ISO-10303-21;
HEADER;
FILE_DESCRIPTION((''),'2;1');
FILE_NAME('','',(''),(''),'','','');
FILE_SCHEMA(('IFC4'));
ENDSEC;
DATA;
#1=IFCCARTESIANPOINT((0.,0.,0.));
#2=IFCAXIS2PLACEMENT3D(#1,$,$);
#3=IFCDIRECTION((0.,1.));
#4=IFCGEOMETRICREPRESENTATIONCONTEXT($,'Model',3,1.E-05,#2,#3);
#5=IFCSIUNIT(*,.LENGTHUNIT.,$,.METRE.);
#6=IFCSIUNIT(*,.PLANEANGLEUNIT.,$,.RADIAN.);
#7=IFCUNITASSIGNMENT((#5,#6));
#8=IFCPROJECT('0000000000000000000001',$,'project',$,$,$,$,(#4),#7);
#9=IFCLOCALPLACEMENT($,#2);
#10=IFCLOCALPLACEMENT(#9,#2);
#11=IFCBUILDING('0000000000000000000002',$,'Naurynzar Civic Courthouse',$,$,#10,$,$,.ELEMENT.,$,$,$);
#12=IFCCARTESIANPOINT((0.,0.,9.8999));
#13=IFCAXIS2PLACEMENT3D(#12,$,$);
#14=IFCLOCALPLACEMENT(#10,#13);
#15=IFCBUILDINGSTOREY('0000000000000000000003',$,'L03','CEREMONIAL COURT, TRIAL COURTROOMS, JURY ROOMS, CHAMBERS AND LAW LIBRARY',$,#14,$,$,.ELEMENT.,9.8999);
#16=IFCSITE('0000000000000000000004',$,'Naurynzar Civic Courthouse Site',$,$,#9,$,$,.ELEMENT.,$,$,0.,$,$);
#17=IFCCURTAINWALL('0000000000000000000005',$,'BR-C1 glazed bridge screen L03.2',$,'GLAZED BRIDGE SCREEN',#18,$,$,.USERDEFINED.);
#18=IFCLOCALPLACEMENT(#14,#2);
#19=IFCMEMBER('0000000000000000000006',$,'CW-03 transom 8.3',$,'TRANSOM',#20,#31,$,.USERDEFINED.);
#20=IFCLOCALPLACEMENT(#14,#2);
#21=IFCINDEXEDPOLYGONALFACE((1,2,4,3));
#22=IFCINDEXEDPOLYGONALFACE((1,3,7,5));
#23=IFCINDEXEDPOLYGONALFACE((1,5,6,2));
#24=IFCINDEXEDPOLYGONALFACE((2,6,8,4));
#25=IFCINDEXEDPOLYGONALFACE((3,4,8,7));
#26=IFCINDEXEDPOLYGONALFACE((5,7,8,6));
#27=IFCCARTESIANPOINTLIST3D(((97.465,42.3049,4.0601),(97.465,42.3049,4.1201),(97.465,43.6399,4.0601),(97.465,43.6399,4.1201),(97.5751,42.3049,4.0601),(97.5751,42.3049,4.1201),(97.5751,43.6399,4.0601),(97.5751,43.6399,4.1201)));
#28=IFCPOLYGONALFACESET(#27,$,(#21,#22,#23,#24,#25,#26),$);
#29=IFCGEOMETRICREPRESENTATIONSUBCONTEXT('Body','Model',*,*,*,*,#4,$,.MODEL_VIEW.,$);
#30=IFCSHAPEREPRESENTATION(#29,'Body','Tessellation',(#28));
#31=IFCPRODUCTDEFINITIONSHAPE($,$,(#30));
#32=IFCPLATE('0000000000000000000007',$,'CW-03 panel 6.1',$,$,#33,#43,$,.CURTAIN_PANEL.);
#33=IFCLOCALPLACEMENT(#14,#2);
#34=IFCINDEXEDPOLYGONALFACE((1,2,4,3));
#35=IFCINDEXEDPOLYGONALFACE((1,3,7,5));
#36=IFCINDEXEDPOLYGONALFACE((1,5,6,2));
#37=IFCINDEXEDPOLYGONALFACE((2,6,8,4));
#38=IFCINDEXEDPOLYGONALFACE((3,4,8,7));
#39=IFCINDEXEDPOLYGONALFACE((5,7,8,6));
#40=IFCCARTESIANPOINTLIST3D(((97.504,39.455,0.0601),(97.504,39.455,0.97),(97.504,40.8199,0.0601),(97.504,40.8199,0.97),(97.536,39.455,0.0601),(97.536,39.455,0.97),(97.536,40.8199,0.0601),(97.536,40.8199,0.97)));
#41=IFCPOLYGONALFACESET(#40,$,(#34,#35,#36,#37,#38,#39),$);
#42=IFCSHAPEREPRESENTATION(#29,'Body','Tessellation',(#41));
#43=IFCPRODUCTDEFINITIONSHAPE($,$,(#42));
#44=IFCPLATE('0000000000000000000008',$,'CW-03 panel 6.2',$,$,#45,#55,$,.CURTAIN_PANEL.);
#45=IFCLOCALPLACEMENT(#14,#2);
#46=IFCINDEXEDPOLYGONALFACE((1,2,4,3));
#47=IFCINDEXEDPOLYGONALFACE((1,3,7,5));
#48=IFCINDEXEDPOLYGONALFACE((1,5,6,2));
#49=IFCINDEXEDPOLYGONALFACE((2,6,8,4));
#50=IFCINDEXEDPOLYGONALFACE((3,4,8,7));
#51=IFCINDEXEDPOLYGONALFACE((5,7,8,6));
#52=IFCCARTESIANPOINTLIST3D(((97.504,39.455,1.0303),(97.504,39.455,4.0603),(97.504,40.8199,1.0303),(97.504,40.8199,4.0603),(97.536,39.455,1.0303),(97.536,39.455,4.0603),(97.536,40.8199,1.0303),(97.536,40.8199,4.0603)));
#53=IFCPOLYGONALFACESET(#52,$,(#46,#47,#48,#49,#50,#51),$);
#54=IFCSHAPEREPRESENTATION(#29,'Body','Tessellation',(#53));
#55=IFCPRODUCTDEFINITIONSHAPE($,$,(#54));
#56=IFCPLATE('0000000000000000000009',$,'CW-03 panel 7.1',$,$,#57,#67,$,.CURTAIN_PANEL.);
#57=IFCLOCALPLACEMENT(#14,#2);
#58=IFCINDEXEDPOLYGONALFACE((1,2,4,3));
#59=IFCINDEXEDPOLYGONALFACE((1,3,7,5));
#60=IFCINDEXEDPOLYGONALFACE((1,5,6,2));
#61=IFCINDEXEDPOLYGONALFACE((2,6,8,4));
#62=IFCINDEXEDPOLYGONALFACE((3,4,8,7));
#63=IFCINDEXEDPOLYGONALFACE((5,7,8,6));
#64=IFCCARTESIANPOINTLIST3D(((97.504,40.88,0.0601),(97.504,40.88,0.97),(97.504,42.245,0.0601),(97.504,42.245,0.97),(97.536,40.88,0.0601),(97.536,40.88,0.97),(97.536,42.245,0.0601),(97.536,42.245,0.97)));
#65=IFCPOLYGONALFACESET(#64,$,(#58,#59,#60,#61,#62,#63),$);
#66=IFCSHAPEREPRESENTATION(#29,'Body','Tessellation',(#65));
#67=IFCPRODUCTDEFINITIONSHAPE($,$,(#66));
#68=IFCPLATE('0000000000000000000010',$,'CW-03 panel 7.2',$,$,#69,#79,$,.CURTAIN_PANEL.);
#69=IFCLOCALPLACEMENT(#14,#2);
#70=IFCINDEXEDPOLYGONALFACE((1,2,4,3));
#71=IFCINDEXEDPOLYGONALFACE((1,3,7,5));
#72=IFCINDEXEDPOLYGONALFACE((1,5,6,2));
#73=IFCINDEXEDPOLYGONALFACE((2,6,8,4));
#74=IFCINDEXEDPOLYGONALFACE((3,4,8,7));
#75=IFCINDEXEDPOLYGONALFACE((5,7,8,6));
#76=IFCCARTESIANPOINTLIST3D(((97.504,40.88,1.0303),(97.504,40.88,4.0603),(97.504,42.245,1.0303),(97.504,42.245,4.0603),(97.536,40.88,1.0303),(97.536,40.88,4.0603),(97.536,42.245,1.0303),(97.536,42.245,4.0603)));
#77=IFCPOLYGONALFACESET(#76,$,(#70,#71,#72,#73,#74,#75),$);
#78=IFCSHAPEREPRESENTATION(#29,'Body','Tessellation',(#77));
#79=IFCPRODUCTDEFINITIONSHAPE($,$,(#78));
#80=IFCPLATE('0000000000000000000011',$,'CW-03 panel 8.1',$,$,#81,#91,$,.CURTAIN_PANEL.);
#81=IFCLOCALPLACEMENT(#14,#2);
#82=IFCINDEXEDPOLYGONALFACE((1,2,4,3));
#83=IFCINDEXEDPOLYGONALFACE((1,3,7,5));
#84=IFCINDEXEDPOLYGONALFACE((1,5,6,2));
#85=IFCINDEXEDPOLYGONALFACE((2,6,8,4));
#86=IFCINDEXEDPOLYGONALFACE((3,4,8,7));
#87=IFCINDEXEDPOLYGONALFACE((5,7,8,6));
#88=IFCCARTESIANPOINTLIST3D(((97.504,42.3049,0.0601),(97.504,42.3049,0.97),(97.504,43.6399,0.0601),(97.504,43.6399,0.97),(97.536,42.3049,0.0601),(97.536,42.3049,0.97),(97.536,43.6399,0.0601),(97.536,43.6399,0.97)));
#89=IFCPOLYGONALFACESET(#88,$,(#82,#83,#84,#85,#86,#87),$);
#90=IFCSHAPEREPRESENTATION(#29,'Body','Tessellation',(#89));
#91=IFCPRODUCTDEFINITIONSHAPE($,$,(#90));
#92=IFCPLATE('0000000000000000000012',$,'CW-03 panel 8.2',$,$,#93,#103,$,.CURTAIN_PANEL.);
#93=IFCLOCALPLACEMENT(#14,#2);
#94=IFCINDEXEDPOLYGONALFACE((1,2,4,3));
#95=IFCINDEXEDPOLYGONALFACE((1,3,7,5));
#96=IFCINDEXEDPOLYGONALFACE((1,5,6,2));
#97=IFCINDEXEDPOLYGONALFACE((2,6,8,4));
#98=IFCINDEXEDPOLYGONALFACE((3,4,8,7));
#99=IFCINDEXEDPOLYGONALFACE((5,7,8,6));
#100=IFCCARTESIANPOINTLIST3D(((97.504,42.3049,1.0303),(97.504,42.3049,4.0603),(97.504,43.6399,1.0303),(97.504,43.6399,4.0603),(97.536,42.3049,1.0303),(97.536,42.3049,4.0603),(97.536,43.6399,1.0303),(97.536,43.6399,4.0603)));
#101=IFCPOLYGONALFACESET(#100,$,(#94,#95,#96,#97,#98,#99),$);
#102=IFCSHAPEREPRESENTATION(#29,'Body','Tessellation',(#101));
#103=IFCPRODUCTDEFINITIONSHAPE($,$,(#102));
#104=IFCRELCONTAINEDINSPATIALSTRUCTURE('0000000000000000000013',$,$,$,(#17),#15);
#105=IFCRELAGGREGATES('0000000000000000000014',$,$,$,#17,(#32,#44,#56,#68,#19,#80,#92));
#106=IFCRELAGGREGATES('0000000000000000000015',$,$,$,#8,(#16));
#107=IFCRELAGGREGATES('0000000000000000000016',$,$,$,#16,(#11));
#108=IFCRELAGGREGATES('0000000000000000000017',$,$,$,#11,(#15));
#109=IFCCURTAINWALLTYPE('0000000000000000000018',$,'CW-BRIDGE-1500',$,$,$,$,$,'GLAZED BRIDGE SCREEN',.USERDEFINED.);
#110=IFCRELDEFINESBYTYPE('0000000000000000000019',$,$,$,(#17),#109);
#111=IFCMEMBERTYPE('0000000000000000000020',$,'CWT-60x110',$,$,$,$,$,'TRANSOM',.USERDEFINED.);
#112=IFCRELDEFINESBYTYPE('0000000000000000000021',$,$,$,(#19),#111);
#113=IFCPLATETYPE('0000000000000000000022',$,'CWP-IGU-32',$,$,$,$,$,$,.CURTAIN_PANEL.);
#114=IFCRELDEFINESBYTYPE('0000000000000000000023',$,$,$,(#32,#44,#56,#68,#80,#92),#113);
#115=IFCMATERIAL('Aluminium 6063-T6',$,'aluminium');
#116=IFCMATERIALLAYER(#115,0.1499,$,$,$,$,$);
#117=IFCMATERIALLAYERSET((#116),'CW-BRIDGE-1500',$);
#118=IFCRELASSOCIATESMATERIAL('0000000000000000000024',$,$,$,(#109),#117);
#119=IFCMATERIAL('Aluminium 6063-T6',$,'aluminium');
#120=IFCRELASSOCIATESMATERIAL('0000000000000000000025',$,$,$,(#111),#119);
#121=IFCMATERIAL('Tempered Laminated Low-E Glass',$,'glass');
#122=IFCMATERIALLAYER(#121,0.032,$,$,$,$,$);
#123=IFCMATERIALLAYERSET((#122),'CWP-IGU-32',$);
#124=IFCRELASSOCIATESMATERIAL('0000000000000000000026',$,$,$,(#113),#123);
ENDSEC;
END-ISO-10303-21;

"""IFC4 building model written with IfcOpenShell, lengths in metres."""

from ifc_helpers import new_model, si_unit, direction, frame, origin, origin_2d, place, context, subcontext, project, spatial, rectangle, extrude, material, layer, layer_set, material_profile, profile_set, type_object, element, aggregate, save


model = new_model("IFC4")

# Units and contexts
model_context = context("Model", 3, precision=1e-05, world=origin(), true_north=direction((0.0, 1.0)))
body_context = subcontext(model_context, "Body", "Model", "MODEL_VIEW")
ifc_project = project(units=[si_unit("LENGTHUNIT", "METRE"), si_unit("PLANEANGLEUNIT", "RADIAN")], contexts=[model_context])

# Site, building, storey
site_placement = place(None, origin())
site = spatial("IfcSite", under=ifc_project, at=site_placement, Name="Naurynzar Civic Courthouse Site", CompositionType="ELEMENT", RefElevation=0.0)
building_placement = place(site_placement, origin())
building = spatial("IfcBuilding", under=site, at=building_placement, Name="Naurynzar Civic Courthouse", CompositionType="ELEMENT")
storey_placement = place(building_placement, frame((0.0, 0.0, 9.8999)))
storey = spatial("IfcBuildingStorey", under=building, at=storey_placement, Name="L03", Description="CEREMONIAL COURT, TRIAL COURTROOMS, JURY ROOMS, CHAMBERS AND LAW LIBRARY", CompositionType="ELEMENT", Elevation=9.8999)

# Curtain wall, member, plates
ifc_material_1 = material(Name="Aluminium 6063-T6", Category="aluminium")
ifc_layer_1 = layer(ifc_material_1, 0.1499)
ifc_layer_set_1 = layer_set([ifc_layer_1], Name="CW-BRIDGE-1500")
curtain_wall_type = type_object("IfcCurtainWallType", Name="CW-BRIDGE-1500", ElementType="GLAZED BRIDGE SCREEN", PredefinedType="USERDEFINED", material=ifc_layer_set_1)
curtain_wall_placement = place(storey_placement, origin())
curtain_wall = element("IfcCurtainWall", 1, at=curtain_wall_placement, inside=storey, type_object=curtain_wall_type, Name="BR-C1 glazed bridge screen L03.2", ObjectType="GLAZED BRIDGE SCREEN", PredefinedType="USERDEFINED")
ifc_material_2 = material(Name="Aluminium 6063-T6", Category="aluminium")
ifc_material_profile_1 = material_profile(ifc_material_2, rectangle(XDim=0.1101, YDim=0.0601, at=origin_2d()), Name="ALU TRANSOM 60x110")
ifc_profile_set_1 = profile_set([ifc_material_profile_1], Name="Aluminium 6063-T6")
member_type_1 = type_object("IfcMemberType", Name="CWT-60x110", ElementType="TRANSOM", PredefinedType="USERDEFINED", material=ifc_profile_set_1)
member_1_placement = place(storey_placement, frame((97.52, 42.3049, 4.0901), z_axis=(0.0, 1.0, 0.0), x_axis=(-1.0, 0.0, 0.0)))
member_1 = element("IfcMember", 2, at=member_1_placement, type_object=member_type_1, Name="CW-03 transom 8.3", ObjectType="TRANSOM", PredefinedType="USERDEFINED", context=body_context, shape_type="SweptSolid", body=[
    extrude(rectangle(XDim=0.1101, YDim=0.0601, at=origin_2d()), origin(), (0.0, 0.0, 1.0), 1.335),
])
ifc_material_3 = material(Name="Tempered Laminated Low-E Glass", Category="glass")
ifc_layer_2 = layer(ifc_material_3, 0.032)
ifc_layer_set_2 = layer_set([ifc_layer_2], Name="CWP-IGU-32")
plate_type = type_object("IfcPlateType", Name="CWP-IGU-32", PredefinedType="CURTAIN_PANEL", material=ifc_layer_set_2)
plate_1_placement = place(storey_placement, frame((97.52, 40.1375, 0.0601), z_axis=(0.0, 0.0, 1.0), x_axis=(0.0, 1.0, 0.0)))
plate_1 = element("IfcPlate", 3, at=plate_1_placement, type_object=plate_type, Name="CW-03 panel 6.1", PredefinedType="CURTAIN_PANEL", context=body_context, shape_type="SweptSolid", body=[
    extrude(rectangle(XDim=1.365, YDim=0.032, at=origin_2d()), origin(), (0.0, 0.0, 1.0), 0.9099),
])
plate_2_placement = place(storey_placement, frame((97.52, 40.1375, 1.0303), z_axis=(0.0, 0.0, 1.0), x_axis=(0.0, 1.0, 0.0)))
plate_2 = element("IfcPlate", 4, at=plate_2_placement, type_object=plate_type, Name="CW-03 panel 6.2", PredefinedType="CURTAIN_PANEL", context=body_context, shape_type="SweptSolid", body=[
    extrude(rectangle(XDim=1.365, YDim=0.032, at=origin_2d()), origin(), (0.0, 0.0, 1.0), 3.03),
])
plate_3_placement = place(storey_placement, frame((97.52, 41.5625, 0.0601), z_axis=(0.0, 0.0, 1.0), x_axis=(0.0, 1.0, 0.0)))
plate_3 = element("IfcPlate", 5, at=plate_3_placement, type_object=plate_type, Name="CW-03 panel 7.1", PredefinedType="CURTAIN_PANEL", context=body_context, shape_type="SweptSolid", body=[
    extrude(rectangle(XDim=1.365, YDim=0.032, at=origin_2d()), origin(), (0.0, 0.0, 1.0), 0.9099),
])
plate_4_placement = place(storey_placement, frame((97.52, 41.5625, 1.0303), z_axis=(0.0, 0.0, 1.0), x_axis=(0.0, 1.0, 0.0)))
plate_4 = element("IfcPlate", 6, at=plate_4_placement, type_object=plate_type, Name="CW-03 panel 7.2", PredefinedType="CURTAIN_PANEL", context=body_context, shape_type="SweptSolid", body=[
    extrude(rectangle(XDim=1.365, YDim=0.032, at=origin_2d()), origin(), (0.0, 0.0, 1.0), 3.03),
])
plate_5_placement = place(storey_placement, frame((97.52, 42.9724, 0.0601), z_axis=(0.0, 0.0, 1.0), x_axis=(0.0, 1.0, 0.0)))
plate_5 = element("IfcPlate", 7, at=plate_5_placement, type_object=plate_type, Name="CW-03 panel 8.1", PredefinedType="CURTAIN_PANEL", context=body_context, shape_type="SweptSolid", body=[
    extrude(rectangle(XDim=1.335, YDim=0.032, at=origin_2d()), origin(), (0.0, 0.0, 1.0), 0.9099),
])
plate_6_placement = place(storey_placement, frame((97.52, 42.9724, 1.0303), z_axis=(0.0, 0.0, 1.0), x_axis=(0.0, 1.0, 0.0)))
plate_6 = element("IfcPlate", 8, at=plate_6_placement, type_object=plate_type, Name="CW-03 panel 8.2", PredefinedType="CURTAIN_PANEL", context=body_context, shape_type="SweptSolid", body=[
    extrude(rectangle(XDim=1.335, YDim=0.032, at=origin_2d()), origin(), (0.0, 0.0, 1.0), 3.03),
])
aggregate(curtain_wall, [plate_1, plate_2, plate_3, plate_4, member_1, plate_5, plate_6])

save(model, "model.ifc")
